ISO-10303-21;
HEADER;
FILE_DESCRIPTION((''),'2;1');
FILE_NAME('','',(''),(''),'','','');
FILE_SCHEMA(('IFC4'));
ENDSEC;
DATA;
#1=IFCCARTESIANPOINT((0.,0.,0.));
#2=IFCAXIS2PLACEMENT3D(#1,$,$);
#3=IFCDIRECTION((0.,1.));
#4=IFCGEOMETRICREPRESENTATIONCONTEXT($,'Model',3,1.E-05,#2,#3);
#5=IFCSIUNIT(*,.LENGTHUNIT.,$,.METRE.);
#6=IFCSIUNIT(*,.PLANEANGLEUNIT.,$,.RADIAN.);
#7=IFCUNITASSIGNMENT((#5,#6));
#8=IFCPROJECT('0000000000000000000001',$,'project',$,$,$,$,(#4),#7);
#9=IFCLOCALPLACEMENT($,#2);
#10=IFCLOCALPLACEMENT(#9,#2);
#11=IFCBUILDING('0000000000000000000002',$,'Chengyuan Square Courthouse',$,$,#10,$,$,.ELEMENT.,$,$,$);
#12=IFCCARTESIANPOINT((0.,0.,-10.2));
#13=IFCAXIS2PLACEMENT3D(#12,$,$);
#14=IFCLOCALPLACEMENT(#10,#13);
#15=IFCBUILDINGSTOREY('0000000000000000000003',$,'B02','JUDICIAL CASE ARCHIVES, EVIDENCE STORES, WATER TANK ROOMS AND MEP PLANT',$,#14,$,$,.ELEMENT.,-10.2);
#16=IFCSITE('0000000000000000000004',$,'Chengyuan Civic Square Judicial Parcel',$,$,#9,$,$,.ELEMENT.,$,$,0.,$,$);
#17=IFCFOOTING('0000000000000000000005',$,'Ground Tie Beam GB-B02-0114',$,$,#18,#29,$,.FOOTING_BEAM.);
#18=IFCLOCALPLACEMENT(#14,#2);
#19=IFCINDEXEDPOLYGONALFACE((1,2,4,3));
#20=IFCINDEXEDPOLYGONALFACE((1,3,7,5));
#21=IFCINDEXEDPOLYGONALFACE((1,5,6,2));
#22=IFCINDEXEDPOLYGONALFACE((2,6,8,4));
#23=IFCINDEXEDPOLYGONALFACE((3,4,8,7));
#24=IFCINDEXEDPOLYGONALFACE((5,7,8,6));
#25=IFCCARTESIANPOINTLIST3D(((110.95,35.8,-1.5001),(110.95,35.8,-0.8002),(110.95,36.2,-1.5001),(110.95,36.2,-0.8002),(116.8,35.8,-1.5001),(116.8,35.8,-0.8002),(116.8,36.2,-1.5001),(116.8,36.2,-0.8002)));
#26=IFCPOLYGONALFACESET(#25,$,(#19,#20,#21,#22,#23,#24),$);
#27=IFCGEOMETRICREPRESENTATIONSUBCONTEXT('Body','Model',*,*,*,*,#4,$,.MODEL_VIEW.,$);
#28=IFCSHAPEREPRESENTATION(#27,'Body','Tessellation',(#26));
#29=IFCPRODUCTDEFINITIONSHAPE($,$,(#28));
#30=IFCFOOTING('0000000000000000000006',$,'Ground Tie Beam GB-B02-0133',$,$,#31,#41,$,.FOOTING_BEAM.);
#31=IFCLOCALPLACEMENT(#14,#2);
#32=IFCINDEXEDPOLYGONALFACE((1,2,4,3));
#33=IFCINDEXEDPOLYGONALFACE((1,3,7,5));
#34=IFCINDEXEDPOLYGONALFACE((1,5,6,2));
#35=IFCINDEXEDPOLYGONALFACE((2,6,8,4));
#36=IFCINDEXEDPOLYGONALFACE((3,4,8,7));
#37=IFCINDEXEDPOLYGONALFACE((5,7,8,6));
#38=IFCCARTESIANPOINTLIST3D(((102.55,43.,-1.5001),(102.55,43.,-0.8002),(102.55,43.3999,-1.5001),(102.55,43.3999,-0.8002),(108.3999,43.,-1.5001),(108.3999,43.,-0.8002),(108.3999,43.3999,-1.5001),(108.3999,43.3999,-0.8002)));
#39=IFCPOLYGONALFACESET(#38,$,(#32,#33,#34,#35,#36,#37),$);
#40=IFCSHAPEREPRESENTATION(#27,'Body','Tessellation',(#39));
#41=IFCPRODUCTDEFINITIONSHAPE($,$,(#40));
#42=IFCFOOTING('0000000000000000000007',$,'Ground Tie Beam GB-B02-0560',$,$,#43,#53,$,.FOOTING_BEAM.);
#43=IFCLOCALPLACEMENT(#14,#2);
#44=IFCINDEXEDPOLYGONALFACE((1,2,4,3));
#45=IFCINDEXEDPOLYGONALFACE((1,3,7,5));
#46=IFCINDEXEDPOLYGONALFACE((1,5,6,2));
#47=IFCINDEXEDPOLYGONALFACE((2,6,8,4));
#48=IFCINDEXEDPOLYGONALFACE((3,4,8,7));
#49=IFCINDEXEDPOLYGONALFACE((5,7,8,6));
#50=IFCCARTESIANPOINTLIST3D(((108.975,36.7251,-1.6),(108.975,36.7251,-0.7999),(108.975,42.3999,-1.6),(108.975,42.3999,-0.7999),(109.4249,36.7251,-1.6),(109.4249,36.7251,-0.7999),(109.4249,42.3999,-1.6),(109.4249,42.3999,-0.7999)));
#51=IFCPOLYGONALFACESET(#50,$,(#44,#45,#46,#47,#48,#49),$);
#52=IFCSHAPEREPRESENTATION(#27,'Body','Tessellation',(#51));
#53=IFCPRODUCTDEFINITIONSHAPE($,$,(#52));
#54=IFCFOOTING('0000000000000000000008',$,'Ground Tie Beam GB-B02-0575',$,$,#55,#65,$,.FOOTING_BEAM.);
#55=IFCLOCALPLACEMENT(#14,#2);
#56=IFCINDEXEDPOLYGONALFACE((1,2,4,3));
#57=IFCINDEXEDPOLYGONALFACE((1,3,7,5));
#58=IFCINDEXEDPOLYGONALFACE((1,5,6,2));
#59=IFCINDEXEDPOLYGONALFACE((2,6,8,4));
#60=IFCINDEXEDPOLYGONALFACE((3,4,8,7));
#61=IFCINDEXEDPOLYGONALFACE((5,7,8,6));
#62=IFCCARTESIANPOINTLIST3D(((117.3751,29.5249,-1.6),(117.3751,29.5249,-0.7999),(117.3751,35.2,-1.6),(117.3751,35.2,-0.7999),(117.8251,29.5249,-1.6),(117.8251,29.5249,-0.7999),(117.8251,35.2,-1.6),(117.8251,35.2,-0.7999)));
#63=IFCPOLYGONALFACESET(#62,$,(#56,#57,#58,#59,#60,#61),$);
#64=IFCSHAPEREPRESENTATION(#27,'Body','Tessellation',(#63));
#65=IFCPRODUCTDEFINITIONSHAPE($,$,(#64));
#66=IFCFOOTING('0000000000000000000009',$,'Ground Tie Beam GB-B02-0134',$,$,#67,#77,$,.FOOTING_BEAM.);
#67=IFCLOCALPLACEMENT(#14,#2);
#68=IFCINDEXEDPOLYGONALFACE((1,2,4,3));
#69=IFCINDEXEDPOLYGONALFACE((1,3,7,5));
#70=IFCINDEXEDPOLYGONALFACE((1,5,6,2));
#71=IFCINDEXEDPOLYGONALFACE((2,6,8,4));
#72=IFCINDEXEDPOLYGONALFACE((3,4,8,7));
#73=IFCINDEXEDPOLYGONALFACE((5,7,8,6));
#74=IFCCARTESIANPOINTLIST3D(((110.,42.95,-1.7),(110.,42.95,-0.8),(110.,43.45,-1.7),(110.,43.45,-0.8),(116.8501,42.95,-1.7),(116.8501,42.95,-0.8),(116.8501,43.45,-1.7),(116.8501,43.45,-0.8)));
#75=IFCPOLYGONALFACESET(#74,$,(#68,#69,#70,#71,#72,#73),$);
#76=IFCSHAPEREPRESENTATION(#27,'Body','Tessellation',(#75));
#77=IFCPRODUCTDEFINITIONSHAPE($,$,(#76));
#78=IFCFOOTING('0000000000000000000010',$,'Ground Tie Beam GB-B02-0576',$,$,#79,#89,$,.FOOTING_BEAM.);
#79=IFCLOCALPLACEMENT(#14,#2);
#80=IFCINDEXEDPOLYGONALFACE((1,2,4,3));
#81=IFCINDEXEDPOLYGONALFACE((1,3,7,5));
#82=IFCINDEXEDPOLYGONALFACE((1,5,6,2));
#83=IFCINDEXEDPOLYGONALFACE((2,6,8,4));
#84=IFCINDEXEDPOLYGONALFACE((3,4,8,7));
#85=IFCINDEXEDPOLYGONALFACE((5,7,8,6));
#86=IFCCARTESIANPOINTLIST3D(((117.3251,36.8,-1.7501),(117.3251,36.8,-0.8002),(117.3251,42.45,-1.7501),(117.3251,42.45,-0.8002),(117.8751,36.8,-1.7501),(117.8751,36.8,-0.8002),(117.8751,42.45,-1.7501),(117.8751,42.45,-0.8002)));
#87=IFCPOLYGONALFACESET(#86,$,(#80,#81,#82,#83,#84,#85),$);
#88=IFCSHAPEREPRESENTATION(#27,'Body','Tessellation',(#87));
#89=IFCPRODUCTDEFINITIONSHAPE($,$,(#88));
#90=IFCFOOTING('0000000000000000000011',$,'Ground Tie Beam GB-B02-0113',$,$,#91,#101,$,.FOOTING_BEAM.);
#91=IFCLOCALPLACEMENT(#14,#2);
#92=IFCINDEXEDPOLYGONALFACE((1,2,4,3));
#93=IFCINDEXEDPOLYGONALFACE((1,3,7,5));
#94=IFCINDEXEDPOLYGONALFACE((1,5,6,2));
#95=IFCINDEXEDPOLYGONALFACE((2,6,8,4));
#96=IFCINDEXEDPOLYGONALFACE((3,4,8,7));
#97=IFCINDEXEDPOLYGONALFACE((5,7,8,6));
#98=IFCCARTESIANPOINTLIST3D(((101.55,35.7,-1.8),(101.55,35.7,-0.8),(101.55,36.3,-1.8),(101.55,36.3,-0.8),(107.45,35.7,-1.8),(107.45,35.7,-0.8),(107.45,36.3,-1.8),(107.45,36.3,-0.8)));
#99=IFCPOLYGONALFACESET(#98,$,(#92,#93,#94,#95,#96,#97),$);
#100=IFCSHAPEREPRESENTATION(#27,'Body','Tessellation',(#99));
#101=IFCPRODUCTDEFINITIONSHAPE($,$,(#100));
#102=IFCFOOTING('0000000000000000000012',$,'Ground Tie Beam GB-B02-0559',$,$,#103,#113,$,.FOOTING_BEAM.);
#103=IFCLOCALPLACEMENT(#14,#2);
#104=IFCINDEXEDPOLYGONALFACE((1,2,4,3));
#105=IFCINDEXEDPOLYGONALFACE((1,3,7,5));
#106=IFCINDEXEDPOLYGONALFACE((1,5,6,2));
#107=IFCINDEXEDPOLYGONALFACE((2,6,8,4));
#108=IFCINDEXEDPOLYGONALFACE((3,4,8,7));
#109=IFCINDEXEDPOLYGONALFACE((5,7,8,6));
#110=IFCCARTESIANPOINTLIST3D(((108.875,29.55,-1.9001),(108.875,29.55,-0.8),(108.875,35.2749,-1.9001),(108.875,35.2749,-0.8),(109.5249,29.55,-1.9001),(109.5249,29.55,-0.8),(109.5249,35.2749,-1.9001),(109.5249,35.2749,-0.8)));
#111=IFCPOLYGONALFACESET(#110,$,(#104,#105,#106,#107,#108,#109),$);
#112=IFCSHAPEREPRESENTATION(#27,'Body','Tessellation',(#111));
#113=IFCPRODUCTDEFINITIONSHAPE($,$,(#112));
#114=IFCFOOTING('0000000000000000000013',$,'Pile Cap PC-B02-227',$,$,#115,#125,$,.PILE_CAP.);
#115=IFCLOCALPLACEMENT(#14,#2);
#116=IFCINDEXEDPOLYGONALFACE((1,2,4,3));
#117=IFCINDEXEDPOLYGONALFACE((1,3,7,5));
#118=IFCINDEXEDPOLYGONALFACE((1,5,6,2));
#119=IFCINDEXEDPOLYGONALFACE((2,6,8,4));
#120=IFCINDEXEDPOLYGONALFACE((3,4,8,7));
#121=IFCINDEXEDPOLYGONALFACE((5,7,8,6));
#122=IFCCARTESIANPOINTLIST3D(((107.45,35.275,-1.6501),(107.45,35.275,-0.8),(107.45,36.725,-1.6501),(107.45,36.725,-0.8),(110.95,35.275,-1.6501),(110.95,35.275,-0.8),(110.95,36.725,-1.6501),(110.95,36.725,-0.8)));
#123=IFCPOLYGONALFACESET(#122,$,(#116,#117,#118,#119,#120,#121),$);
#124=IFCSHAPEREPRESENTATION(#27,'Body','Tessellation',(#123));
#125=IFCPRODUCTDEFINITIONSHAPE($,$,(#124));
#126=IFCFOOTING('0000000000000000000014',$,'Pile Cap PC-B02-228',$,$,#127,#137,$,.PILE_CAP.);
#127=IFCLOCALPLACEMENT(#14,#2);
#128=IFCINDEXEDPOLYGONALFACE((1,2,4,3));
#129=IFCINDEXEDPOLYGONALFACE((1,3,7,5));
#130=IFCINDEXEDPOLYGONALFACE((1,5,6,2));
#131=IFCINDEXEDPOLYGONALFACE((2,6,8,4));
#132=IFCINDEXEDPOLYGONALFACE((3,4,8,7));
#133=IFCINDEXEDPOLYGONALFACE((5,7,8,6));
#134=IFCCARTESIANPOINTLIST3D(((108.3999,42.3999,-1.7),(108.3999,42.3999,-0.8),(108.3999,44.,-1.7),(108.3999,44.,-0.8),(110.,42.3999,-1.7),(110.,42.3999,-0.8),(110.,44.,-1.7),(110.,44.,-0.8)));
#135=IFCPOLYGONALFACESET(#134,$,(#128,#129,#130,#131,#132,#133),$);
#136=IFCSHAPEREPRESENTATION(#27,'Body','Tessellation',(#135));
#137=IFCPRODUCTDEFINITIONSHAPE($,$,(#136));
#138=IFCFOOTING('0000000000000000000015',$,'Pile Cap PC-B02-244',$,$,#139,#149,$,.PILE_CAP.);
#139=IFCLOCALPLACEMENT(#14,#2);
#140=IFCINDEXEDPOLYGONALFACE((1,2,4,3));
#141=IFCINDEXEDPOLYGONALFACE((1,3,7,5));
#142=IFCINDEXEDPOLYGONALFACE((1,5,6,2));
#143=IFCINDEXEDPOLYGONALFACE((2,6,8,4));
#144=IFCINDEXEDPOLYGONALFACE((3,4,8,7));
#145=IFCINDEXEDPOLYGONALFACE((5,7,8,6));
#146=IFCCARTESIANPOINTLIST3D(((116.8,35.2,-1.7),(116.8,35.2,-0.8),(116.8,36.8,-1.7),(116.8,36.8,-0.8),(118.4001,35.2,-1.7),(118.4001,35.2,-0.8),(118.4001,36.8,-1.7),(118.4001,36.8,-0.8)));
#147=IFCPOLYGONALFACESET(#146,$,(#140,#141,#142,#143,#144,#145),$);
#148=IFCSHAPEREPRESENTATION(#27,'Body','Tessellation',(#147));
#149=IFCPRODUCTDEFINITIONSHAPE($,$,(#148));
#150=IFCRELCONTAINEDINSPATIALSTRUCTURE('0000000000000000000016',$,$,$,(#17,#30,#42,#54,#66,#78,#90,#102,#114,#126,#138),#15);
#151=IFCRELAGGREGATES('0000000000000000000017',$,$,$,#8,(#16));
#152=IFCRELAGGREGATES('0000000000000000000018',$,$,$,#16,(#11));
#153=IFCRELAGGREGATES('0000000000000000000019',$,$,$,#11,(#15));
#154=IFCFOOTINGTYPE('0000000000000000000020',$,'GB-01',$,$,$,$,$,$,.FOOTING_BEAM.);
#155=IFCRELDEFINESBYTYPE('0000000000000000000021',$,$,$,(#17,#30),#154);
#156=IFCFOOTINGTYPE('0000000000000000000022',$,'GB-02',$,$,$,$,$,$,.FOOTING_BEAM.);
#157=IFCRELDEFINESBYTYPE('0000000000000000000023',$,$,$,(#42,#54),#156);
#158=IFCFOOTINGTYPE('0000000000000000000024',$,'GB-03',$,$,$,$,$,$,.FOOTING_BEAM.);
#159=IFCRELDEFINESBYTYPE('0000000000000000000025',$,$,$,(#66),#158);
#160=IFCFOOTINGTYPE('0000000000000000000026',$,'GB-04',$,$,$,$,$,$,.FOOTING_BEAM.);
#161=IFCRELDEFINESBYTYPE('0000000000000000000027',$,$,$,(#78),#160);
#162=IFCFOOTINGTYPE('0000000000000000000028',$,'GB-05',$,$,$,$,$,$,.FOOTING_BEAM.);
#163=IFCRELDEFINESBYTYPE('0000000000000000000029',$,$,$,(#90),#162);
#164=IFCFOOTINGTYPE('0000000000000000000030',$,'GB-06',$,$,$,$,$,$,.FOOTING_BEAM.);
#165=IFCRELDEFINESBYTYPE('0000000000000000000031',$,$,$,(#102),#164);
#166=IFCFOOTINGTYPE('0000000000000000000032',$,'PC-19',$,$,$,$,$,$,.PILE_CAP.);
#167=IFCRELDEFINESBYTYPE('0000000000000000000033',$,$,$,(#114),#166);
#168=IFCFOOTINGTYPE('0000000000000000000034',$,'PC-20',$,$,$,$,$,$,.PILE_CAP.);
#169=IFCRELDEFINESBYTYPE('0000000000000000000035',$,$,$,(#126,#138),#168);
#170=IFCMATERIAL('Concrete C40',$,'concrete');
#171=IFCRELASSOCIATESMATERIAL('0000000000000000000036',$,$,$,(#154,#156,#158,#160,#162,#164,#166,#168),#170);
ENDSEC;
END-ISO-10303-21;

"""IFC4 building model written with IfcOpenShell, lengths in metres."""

from ifc_helpers import new_model, si_unit, direction, frame, origin, origin_2d, place, context, subcontext, project, spatial, rectangle, extrude, material, material_profile, profile_set, type_object, element, save


model = new_model("IFC4")

# Units and contexts
model_context = context("Model", 3, precision=1e-05, world=origin(), true_north=direction((0.0, 1.0)))
body_context = subcontext(model_context, "Body", "Model", "MODEL_VIEW")
ifc_project = project(units=[si_unit("LENGTHUNIT", "METRE"), si_unit("PLANEANGLEUNIT", "RADIAN")], contexts=[model_context])

# Site, building, storey
site_placement = place(None, origin())
site = spatial("IfcSite", under=ifc_project, at=site_placement, Name="Chengyuan Civic Square Judicial Parcel", CompositionType="ELEMENT", RefElevation=0.0)
building_placement = place(site_placement, origin())
building = spatial("IfcBuilding", under=site, at=building_placement, Name="Chengyuan Square Courthouse", CompositionType="ELEMENT")
storey_placement = place(building_placement, frame((0.0, 0.0, -10.2)))
storey = spatial("IfcBuildingStorey", under=building, at=storey_placement, Name="B02", Description="JUDICIAL CASE ARCHIVES, EVIDENCE STORES, WATER TANK ROOMS AND MEP PLANT", CompositionType="ELEMENT", Elevation=-10.2)

# Footings
ifc_material_1 = material(Name="Concrete C40", Category="concrete")
ifc_material_profile_1 = material_profile(ifc_material_1, rectangle(XDim=0.3999, YDim=0.7, at=origin_2d()), Name="GB-400x700")
ifc_profile_set_1 = profile_set([ifc_material_profile_1], Name="Concrete C40")
footing_type_1 = type_object("IfcFootingType", Name="GB-01", PredefinedType="FOOTING_BEAM", material=ifc_profile_set_1)
footing_1_placement = place(storey_placement, frame((110.95, 36.0, -1.1501), z_axis=(1.0, 0.0, 0.0), x_axis=(0.0, 1.0, 0.0)))
element("IfcFooting", 1, at=footing_1_placement, inside=storey, type_object=footing_type_1, Name="Ground Tie Beam GB-B02-0114", PredefinedType="FOOTING_BEAM", context=body_context, shape_type="SweptSolid", body=[
    extrude(rectangle(XDim=0.3999, YDim=0.7, at=origin_2d()), origin(), (0.0, 0.0, 1.0), 5.8501),
])
footing_2_placement = place(storey_placement, frame((102.55, 43.2, -1.1501), z_axis=(1.0, 0.0, 0.0), x_axis=(0.0, 1.0, 0.0)))
element("IfcFooting", 2, at=footing_2_placement, inside=storey, type_object=footing_type_1, Name="Ground Tie Beam GB-B02-0133", PredefinedType="FOOTING_BEAM", context=body_context, shape_type="SweptSolid", body=[
    extrude(rectangle(XDim=0.3999, YDim=0.7, at=origin_2d()), origin(), (0.0, 0.0, 1.0), 5.8499),
])
ifc_material_profile_2 = material_profile(ifc_material_1, rectangle(XDim=0.45, YDim=0.8, at=origin_2d()), Name="GB-450x800")
ifc_profile_set_2 = profile_set([ifc_material_profile_2], Name="Concrete C40")
footing_type_2 = type_object("IfcFootingType", Name="GB-02", PredefinedType="FOOTING_BEAM", material=ifc_profile_set_2)
footing_3_placement = place(storey_placement, frame((109.2, 36.7251, -1.2), z_axis=(0.0, 1.0, 0.0), x_axis=(-1.0, 0.0, 0.0)))
element("IfcFooting", 3, at=footing_3_placement, inside=storey, type_object=footing_type_2, Name="Ground Tie Beam GB-B02-0560", PredefinedType="FOOTING_BEAM", context=body_context, shape_type="SweptSolid", body=[
    extrude(rectangle(XDim=0.45, YDim=0.8, at=origin_2d()), origin(), (0.0, 0.0, 1.0), 5.6748),
])
footing_4_placement = place(storey_placement, frame((117.6001, 29.5249, -1.2), z_axis=(0.0, 1.0, 0.0), x_axis=(-1.0, 0.0, 0.0)))
element("IfcFooting", 4, at=footing_4_placement, inside=storey, type_object=footing_type_2, Name="Ground Tie Beam GB-B02-0575", PredefinedType="FOOTING_BEAM", context=body_context, shape_type="SweptSolid", body=[
    extrude(rectangle(XDim=0.45, YDim=0.8, at=origin_2d()), origin(), (0.0, 0.0, 1.0), 5.675),
])
ifc_material_profile_3 = material_profile(ifc_material_1, rectangle(XDim=0.5, YDim=0.8999, at=origin_2d()), Name="GB-500x900")
ifc_profile_set_3 = profile_set([ifc_material_profile_3], Name="Concrete C40")
footing_type_3 = type_object("IfcFootingType", Name="GB-03", PredefinedType="FOOTING_BEAM", material=ifc_profile_set_3)
footing_5_placement = place(storey_placement, frame((110.0, 43.2, -1.25), z_axis=(1.0, 0.0, 0.0), x_axis=(0.0, 1.0, 0.0)))
element("IfcFooting", 5, at=footing_5_placement, inside=storey, type_object=footing_type_3, Name="Ground Tie Beam GB-B02-0134", PredefinedType="FOOTING_BEAM", context=body_context, shape_type="SweptSolid", body=[
    extrude(rectangle(XDim=0.5, YDim=0.8999, at=origin_2d()), origin(), (0.0, 0.0, 1.0), 6.8501),
])
ifc_material_profile_4 = material_profile(ifc_material_1, rectangle(XDim=0.55, YDim=0.95, at=origin_2d()), Name="GB-550x950")
ifc_profile_set_4 = profile_set([ifc_material_profile_4], Name="Concrete C40")
footing_type_4 = type_object("IfcFootingType", Name="GB-04", PredefinedType="FOOTING_BEAM", material=ifc_profile_set_4)
footing_6_placement = place(storey_placement, frame((117.6001, 36.8, -1.2751), z_axis=(0.0, 1.0, 0.0), x_axis=(-1.0, 0.0, 0.0)))
element("IfcFooting", 6, at=footing_6_placement, inside=storey, type_object=footing_type_4, Name="Ground Tie Beam GB-B02-0576", PredefinedType="FOOTING_BEAM", context=body_context, shape_type="SweptSolid", body=[
    extrude(rectangle(XDim=0.55, YDim=0.95, at=origin_2d()), origin(), (0.0, 0.0, 1.0), 5.6499),
])
ifc_material_profile_5 = material_profile(ifc_material_1, rectangle(XDim=0.6001, YDim=1.0, at=origin_2d()), Name="GB-600x1000")
ifc_profile_set_5 = profile_set([ifc_material_profile_5], Name="Concrete C40")
footing_type_5 = type_object("IfcFootingType", Name="GB-05", PredefinedType="FOOTING_BEAM", material=ifc_profile_set_5)
footing_7_placement = place(storey_placement, frame((101.55, 36.0, -1.3), z_axis=(1.0, 0.0, 0.0), x_axis=(0.0, 1.0, 0.0)))
element("IfcFooting", 7, at=footing_7_placement, inside=storey, type_object=footing_type_5, Name="Ground Tie Beam GB-B02-0113", PredefinedType="FOOTING_BEAM", context=body_context, shape_type="SweptSolid", body=[
    extrude(rectangle(XDim=0.6001, YDim=1.0, at=origin_2d()), origin(), (0.0, 0.0, 1.0), 5.8999),
])
ifc_material_profile_6 = material_profile(ifc_material_1, rectangle(XDim=0.6499, YDim=1.1001, at=origin_2d()), Name="GB-650x1100")
ifc_profile_set_6 = profile_set([ifc_material_profile_6], Name="Concrete C40")
footing_type_6 = type_object("IfcFootingType", Name="GB-06", PredefinedType="FOOTING_BEAM", material=ifc_profile_set_6)
footing_8_placement = place(storey_placement, frame((109.2, 29.55, -1.3501), z_axis=(0.0, 1.0, 0.0), x_axis=(-1.0, 0.0, 0.0)))
element("IfcFooting", 8, at=footing_8_placement, inside=storey, type_object=footing_type_6, Name="Ground Tie Beam GB-B02-0559", PredefinedType="FOOTING_BEAM", context=body_context, shape_type="SweptSolid", body=[
    extrude(rectangle(XDim=0.6499, YDim=1.1001, at=origin_2d()), origin(), (0.0, 0.0, 1.0), 5.7249),
])
footing_type_7 = type_object("IfcFootingType", Name="PC-19", PredefinedType="PILE_CAP", material=ifc_material_1)
footing_9_placement = place(storey_placement, frame((109.2, 36.0, -1.6501), z_axis=(0.0, 0.0, 1.0), x_axis=(1.0, 0.0, 0.0)))
element("IfcFooting", 9, at=footing_9_placement, inside=storey, type_object=footing_type_7, Name="Pile Cap PC-B02-227", PredefinedType="PILE_CAP", context=body_context, shape_type="SweptSolid", body=[
    extrude(rectangle(XDim=3.5, YDim=1.45, at=origin_2d()), origin(), (0.0, 0.0, 1.0), 0.8501),
])
footing_type_8 = type_object("IfcFootingType", Name="PC-20", PredefinedType="PILE_CAP", material=ifc_material_1)
for number, where, z_axis, x_axis, name in (
    (10, (109.2, 43.2, -1.7), (0.0, 0.0, 1.0), (1.0, 0.0, 0.0), "Pile Cap PC-B02-228"),
    (11, (117.6001, 36.0, -1.7), (0.0, 0.0, 1.0), (1.0, 0.0, 0.0), "Pile Cap PC-B02-244"),
):
    element("IfcFooting", number, at=place(storey_placement, frame(where, z_axis=z_axis, x_axis=x_axis)), inside=storey, type_object=footing_type_8, Name=name, PredefinedType="PILE_CAP", context=body_context, shape_type="SweptSolid", body=[
        extrude(rectangle(XDim=1.6001, YDim=1.6001, at=origin_2d()), origin(), (0.0, 0.0, 1.0), 0.8999),
    ])

save(model, "model.ifc")
